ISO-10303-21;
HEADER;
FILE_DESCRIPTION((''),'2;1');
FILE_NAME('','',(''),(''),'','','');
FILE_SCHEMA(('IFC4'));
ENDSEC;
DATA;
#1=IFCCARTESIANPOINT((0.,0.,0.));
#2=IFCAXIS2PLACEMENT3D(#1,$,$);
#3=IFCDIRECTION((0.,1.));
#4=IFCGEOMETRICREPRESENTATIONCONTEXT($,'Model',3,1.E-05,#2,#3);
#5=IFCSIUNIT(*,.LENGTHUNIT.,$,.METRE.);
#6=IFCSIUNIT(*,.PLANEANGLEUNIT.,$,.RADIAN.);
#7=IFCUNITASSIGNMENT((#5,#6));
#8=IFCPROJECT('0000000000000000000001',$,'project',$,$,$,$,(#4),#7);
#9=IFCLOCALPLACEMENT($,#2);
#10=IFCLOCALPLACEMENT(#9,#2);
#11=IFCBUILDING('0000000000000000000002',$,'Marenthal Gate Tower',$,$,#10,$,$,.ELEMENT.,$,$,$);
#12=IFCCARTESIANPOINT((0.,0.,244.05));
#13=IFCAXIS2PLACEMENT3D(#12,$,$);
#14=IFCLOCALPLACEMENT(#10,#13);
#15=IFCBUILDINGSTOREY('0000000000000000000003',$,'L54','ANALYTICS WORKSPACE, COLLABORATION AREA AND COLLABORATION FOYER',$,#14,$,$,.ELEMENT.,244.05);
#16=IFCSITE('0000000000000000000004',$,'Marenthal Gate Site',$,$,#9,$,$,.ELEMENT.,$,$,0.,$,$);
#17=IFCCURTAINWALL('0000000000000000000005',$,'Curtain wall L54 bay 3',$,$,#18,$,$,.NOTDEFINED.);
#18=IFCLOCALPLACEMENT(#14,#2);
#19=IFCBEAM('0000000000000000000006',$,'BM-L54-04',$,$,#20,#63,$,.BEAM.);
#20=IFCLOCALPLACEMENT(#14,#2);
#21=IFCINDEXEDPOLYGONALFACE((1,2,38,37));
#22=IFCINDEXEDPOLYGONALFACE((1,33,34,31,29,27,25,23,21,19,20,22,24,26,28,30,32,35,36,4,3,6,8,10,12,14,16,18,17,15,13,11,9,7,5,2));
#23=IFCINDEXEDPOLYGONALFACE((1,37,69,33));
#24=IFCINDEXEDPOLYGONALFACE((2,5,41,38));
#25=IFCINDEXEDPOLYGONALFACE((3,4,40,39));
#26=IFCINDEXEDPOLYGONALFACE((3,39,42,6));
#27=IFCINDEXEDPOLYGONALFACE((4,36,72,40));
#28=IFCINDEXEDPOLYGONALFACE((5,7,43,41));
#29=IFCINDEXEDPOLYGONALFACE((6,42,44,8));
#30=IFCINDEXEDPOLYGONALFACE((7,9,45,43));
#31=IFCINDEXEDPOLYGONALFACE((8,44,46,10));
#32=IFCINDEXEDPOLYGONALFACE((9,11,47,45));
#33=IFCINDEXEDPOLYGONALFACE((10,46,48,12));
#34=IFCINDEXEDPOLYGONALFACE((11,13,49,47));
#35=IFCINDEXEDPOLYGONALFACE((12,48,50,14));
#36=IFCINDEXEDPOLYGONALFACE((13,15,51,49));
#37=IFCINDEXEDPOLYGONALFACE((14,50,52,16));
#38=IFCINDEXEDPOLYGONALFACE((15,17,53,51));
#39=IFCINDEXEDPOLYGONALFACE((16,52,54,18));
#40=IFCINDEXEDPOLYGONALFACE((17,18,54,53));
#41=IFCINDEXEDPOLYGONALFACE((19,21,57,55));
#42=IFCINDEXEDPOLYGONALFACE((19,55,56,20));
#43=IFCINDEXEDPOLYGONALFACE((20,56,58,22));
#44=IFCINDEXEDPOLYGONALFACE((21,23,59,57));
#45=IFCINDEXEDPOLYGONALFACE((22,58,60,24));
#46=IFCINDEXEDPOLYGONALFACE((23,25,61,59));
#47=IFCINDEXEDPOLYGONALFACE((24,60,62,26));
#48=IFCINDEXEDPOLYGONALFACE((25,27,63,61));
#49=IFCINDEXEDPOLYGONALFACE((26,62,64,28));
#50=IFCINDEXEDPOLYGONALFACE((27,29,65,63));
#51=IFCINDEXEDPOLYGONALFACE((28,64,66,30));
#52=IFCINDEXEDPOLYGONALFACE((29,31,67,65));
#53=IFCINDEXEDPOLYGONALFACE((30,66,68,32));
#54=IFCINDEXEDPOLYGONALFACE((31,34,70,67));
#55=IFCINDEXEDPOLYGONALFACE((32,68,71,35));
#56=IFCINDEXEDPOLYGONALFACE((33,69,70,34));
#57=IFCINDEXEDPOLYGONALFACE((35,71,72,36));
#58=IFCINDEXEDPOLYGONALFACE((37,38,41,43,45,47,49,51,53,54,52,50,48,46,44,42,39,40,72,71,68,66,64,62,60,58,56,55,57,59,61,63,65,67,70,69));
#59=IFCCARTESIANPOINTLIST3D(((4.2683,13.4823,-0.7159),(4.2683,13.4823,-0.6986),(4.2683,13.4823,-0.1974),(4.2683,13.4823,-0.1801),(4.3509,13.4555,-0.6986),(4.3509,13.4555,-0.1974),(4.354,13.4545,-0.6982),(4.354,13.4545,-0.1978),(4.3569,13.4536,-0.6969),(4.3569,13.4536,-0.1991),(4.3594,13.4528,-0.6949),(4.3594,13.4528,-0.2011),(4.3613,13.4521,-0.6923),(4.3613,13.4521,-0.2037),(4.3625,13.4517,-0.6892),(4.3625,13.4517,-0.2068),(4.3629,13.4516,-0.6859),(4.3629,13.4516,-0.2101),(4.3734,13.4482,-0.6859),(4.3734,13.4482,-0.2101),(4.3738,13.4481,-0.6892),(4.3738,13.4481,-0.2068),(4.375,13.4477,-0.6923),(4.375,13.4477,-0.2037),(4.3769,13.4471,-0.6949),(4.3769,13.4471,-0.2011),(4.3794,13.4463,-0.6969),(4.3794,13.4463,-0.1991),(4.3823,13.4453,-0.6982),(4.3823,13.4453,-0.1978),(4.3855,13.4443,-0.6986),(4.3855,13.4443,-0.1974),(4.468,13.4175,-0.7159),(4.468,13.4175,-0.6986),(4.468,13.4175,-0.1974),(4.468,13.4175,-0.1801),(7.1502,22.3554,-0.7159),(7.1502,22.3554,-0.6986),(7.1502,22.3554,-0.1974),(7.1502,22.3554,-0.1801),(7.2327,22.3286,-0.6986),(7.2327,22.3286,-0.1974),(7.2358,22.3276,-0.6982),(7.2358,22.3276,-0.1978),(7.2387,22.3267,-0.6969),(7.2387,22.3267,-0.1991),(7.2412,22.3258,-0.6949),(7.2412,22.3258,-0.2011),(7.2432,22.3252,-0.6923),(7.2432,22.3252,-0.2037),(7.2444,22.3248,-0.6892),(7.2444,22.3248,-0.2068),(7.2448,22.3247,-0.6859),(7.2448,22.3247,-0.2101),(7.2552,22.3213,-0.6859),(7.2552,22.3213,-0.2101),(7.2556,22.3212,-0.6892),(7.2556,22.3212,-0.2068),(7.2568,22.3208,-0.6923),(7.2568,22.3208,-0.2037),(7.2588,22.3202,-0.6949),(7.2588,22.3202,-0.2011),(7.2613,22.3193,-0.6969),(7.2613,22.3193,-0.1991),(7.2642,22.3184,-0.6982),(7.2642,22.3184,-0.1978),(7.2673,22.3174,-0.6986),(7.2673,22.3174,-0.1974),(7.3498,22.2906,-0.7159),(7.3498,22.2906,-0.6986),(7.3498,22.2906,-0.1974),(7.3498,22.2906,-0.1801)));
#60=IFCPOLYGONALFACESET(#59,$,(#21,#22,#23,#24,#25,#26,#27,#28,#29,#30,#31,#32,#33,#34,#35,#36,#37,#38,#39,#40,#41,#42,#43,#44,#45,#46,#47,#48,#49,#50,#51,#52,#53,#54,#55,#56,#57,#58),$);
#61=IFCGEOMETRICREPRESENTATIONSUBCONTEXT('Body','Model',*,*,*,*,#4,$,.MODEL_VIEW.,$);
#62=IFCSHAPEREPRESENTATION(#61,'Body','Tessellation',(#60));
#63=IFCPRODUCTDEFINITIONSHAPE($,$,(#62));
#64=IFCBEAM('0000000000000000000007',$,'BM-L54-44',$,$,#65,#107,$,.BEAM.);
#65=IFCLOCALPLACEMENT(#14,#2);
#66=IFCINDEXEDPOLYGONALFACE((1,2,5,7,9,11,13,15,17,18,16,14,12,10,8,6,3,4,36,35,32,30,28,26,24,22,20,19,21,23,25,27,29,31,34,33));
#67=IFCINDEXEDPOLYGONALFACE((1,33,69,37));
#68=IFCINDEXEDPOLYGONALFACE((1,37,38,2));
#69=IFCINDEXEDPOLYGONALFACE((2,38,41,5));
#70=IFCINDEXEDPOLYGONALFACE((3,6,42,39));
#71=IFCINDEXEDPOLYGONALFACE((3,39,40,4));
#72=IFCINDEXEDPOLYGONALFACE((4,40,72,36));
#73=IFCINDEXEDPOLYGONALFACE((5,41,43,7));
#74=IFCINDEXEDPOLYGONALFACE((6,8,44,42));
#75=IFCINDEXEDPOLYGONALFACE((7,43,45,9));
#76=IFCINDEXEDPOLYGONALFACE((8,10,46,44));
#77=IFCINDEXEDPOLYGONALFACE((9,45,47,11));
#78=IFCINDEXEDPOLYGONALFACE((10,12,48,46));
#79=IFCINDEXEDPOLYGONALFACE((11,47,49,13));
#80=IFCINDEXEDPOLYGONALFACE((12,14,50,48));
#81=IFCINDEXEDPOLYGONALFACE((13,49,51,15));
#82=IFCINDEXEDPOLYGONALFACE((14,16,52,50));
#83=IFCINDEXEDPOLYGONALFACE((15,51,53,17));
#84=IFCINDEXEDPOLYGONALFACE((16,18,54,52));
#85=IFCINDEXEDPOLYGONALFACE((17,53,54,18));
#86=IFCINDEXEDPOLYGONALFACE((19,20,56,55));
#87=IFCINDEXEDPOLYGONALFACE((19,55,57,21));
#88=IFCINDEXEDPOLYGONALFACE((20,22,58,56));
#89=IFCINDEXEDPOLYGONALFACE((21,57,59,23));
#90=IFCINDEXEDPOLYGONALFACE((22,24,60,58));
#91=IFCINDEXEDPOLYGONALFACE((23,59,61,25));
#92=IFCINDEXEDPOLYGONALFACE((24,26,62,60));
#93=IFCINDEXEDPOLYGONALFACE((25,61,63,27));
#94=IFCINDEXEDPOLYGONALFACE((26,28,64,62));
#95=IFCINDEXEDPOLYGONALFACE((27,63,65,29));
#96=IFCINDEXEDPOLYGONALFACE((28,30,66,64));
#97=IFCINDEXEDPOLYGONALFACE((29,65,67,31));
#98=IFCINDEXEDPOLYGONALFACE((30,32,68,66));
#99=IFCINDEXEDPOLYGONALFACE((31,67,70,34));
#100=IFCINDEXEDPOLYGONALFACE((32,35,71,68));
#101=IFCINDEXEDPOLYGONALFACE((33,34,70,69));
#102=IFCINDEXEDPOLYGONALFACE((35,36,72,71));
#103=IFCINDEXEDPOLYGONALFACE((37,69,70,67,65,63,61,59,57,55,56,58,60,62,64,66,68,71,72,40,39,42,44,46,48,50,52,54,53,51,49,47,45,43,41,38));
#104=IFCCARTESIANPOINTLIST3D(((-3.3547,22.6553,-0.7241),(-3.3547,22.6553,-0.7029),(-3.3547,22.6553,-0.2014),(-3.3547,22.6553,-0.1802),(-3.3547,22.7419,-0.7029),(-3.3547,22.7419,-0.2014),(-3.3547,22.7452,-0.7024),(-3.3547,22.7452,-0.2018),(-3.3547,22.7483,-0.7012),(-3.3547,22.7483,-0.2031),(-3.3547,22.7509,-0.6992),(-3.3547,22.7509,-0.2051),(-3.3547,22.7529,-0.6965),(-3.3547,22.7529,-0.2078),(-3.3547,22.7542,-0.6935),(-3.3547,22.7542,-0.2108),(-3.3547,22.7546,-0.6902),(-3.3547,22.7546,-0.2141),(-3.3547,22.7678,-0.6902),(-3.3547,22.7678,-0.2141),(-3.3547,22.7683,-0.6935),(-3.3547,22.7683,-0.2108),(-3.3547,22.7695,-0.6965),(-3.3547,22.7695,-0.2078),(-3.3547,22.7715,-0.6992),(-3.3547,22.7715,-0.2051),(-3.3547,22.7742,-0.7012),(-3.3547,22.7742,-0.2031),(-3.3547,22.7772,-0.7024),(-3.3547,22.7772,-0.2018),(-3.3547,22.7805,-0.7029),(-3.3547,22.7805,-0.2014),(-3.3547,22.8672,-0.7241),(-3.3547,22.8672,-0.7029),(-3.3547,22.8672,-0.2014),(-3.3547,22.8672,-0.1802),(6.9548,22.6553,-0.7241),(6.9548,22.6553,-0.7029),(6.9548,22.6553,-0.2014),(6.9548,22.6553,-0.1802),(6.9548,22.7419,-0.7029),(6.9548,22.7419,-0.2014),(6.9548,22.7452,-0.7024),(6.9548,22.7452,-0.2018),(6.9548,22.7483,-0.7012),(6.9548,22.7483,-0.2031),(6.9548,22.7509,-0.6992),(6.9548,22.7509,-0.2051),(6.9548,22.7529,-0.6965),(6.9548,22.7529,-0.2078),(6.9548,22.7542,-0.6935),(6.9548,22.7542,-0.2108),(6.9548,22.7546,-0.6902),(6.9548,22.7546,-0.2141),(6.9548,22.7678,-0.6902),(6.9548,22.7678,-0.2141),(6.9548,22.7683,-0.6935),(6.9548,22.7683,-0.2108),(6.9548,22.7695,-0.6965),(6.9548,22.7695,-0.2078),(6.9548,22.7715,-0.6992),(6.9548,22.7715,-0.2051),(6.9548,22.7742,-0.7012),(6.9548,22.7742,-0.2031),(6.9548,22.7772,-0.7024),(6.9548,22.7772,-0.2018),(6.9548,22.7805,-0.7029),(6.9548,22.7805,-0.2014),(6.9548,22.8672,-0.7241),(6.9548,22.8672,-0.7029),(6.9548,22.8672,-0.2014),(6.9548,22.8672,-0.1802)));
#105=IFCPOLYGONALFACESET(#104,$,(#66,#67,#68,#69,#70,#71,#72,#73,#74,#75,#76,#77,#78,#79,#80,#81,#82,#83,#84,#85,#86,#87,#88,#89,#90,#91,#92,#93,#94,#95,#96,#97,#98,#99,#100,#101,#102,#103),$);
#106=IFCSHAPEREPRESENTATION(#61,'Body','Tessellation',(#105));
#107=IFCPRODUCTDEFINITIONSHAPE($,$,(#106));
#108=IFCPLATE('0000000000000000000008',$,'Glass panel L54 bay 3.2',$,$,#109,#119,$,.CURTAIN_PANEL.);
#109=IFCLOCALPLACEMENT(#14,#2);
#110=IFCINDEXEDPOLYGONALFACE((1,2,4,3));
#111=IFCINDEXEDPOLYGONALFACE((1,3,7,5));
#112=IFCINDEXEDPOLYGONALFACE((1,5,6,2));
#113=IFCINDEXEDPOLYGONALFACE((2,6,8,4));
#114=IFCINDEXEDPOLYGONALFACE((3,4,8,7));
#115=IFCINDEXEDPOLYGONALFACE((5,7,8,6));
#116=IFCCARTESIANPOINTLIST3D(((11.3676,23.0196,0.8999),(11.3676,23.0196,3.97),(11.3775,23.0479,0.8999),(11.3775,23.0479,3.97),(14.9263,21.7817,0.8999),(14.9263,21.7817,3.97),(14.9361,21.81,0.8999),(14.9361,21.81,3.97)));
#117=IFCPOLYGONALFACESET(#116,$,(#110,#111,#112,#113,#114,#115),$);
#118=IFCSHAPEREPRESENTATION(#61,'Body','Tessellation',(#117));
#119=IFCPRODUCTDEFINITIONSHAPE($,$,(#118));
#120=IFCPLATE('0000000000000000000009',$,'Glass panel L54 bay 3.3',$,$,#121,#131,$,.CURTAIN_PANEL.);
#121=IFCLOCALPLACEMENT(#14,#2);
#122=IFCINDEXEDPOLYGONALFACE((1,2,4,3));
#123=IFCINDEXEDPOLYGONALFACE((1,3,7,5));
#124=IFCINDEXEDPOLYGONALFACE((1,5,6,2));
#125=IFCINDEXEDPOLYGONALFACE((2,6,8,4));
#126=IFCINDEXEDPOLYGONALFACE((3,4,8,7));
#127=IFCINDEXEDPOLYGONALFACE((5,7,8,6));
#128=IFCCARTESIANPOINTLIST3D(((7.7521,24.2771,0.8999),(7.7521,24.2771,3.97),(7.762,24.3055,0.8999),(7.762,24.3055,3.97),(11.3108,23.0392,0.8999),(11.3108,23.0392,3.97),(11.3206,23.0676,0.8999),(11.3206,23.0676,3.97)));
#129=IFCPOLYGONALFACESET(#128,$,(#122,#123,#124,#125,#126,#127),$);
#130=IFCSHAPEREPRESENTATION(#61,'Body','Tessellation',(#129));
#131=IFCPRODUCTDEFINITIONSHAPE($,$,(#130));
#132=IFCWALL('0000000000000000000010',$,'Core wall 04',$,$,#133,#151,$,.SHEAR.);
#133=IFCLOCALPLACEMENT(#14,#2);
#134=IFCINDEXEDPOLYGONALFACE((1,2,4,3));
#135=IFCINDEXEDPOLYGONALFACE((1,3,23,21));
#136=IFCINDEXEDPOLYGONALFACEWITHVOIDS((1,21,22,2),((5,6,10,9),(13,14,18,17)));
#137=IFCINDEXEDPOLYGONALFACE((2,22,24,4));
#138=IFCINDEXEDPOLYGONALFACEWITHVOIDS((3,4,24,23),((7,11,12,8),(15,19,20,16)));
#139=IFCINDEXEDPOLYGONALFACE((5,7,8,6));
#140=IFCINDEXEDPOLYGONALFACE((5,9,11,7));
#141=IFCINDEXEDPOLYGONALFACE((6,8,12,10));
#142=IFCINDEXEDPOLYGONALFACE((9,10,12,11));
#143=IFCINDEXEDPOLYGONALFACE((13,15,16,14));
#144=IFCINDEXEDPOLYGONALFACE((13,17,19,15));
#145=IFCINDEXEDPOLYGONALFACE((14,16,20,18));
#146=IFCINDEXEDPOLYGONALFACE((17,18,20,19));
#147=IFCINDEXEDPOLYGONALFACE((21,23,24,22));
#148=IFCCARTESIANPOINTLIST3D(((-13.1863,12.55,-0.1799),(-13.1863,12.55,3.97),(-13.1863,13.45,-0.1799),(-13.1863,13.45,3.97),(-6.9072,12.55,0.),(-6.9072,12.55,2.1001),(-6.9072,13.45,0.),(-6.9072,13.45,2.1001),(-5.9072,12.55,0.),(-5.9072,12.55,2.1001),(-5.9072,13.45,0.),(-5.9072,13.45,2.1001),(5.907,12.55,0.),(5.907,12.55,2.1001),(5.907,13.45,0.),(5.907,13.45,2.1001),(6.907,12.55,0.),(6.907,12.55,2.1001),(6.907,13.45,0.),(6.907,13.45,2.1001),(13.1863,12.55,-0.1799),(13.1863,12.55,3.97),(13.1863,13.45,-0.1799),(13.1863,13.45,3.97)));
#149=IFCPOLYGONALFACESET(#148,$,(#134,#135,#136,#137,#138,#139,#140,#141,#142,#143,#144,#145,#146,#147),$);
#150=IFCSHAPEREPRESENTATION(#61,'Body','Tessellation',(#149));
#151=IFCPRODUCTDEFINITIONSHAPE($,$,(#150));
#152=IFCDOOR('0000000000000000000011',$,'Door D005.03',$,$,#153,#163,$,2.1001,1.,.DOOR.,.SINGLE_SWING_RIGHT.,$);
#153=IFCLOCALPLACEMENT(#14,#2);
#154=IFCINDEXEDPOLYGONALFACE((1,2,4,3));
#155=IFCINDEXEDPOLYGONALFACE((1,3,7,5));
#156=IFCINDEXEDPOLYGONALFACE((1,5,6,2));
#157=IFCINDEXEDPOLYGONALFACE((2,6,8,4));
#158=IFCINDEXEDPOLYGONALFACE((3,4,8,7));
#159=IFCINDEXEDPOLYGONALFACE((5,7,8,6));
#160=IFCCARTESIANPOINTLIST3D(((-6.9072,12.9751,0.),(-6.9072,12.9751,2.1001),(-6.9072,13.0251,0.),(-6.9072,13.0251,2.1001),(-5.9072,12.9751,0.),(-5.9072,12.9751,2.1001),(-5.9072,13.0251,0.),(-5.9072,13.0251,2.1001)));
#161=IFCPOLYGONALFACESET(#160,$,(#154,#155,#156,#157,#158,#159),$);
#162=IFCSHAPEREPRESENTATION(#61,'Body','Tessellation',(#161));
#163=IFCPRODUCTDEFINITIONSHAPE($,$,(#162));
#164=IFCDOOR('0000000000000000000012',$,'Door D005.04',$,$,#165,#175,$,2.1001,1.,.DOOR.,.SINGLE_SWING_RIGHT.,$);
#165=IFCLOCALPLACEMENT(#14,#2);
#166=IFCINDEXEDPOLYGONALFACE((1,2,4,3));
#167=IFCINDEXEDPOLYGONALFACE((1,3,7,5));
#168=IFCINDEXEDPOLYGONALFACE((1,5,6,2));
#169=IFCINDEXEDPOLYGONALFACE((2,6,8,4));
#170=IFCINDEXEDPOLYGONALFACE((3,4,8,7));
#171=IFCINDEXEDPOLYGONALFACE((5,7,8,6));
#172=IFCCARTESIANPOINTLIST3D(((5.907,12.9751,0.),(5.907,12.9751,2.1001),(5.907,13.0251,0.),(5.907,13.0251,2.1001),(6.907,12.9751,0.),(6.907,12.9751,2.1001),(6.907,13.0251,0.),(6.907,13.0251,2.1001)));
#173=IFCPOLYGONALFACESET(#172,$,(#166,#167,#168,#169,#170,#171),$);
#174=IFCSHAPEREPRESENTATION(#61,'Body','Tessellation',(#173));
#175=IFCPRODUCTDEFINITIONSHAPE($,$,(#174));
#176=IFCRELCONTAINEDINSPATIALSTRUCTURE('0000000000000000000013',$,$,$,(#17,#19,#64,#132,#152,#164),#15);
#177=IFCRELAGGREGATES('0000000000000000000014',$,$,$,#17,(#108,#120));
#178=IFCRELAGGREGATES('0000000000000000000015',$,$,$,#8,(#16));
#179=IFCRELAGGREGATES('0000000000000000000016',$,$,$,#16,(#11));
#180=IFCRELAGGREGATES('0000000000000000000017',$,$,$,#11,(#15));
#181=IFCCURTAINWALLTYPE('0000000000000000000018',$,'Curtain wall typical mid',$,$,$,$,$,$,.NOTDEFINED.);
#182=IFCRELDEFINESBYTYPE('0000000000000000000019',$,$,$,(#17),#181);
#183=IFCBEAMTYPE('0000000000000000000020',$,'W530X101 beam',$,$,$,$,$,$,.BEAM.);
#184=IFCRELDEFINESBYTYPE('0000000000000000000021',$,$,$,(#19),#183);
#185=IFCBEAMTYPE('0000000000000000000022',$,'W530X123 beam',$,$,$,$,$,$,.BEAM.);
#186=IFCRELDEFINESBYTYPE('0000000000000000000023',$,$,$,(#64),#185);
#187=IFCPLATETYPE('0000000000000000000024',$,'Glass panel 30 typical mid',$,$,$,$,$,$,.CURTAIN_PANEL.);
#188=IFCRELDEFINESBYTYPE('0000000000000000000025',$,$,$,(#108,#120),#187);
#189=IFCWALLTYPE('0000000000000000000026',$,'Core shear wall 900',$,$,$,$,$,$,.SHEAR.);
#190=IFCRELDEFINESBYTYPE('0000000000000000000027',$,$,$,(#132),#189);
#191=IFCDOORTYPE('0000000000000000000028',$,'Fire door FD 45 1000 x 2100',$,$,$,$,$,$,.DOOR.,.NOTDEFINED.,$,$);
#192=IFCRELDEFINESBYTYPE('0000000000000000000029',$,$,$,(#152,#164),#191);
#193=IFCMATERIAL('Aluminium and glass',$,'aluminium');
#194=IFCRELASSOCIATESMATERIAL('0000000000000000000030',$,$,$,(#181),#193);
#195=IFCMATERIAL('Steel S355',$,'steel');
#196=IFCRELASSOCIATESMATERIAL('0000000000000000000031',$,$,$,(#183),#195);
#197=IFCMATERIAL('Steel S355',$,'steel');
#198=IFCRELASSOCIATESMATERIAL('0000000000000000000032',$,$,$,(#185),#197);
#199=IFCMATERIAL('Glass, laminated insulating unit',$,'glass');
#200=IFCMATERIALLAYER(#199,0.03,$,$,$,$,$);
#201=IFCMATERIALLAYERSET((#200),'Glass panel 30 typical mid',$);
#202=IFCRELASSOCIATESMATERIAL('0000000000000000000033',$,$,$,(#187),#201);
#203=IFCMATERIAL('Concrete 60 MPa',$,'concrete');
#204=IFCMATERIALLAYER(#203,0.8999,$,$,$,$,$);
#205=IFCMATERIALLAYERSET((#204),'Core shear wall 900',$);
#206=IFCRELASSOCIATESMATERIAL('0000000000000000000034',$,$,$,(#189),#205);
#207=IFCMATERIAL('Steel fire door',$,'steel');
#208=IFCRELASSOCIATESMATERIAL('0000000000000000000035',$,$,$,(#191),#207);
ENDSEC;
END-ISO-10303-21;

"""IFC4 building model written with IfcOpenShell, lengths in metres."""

from ifc_helpers import new_model, si_unit, direction, frame, frame_2d, origin, origin_2d, place, context, subcontext, project, spatial, rectangle, i_section, extrude, material, layer, layer_set, material_profile, profile_set, type_object, element, fill, aggregate, save


model = new_model("IFC4")

# Units and contexts
model_context = context("Model", 3, precision=1e-05, world=origin(), true_north=direction((0.0, 1.0)))
body_context = subcontext(model_context, "Body", "Model", "MODEL_VIEW")
ifc_project = project(units=[si_unit("LENGTHUNIT", "METRE"), si_unit("PLANEANGLEUNIT", "RADIAN")], contexts=[model_context])

# Site, building, storey
site_placement = place(None, origin())
site = spatial("IfcSite", under=ifc_project, at=site_placement, Name="Marenthal Gate Site", CompositionType="ELEMENT", RefElevation=0.0)
building_placement = place(site_placement, origin())
building = spatial("IfcBuilding", under=site, at=building_placement, Name="Marenthal Gate Tower", CompositionType="ELEMENT")
storey_placement = place(building_placement, frame((0.0, 0.0, 244.05)))
storey = spatial("IfcBuildingStorey", under=building, at=storey_placement, Name="L54", Description="ANALYTICS WORKSPACE, COLLABORATION AREA AND COLLABORATION FOYER", CompositionType="ELEMENT", Elevation=244.05)

# Curtain wall
ifc_material_1 = material(Name="Aluminium and glass", Category="aluminium")
curtain_wall_type = type_object("IfcCurtainWallType", Name="Curtain wall typical mid", PredefinedType="NOTDEFINED", material=ifc_material_1)
curtain_wall_placement = place(storey_placement, origin())
curtain_wall = element("IfcCurtainWall", 1, at=curtain_wall_placement, inside=storey, type_object=curtain_wall_type, Name="Curtain wall L54 bay 3", PredefinedType="NOTDEFINED")

# Beams
ifc_material_2 = material(Name="Steel S355", Category="steel")
ifc_material_profile_1 = material_profile(ifc_material_2, i_section(OverallWidth=0.21, OverallDepth=0.5359, WebThickness=0.011, FlangeThickness=0.0173, FilletRadius=0.0127, at=origin_2d()), Name="W530X101")
ifc_profile_set_1 = profile_set([ifc_material_profile_1], Name="Steel S355")
beam_type_1 = type_object("IfcBeamType", Name="W530X101 beam", PredefinedType="BEAM", material=ifc_profile_set_1)
beam_1_placement = place(storey_placement, frame((7.25, 22.323, -0.448), z_axis=(-0.308901, -0.951094, 0.0), x_axis=(0.951094, -0.308901, 0.0)))
element("IfcBeam", 2, at=beam_1_placement, inside=storey, type_object=beam_type_1, Name="BM-L54-04", PredefinedType="BEAM", context=body_context, shape_type="SweptSolid", body=[
    extrude(i_section(OverallWidth=0.21, OverallDepth=0.5359, WebThickness=0.011, FlangeThickness=0.0173, FilletRadius=0.0127, at=origin_2d()), origin(), (0.0, 0.0, 1.0), 9.3293),
])
ifc_material_3 = material(Name="Steel S355", Category="steel")
ifc_material_profile_2 = material_profile(ifc_material_3, i_section(OverallWidth=0.2119, OverallDepth=0.5439, WebThickness=0.0132, FlangeThickness=0.0212, FilletRadius=0.0127, at=origin_2d()), Name="W530X123")
ifc_profile_set_2 = profile_set([ifc_material_profile_2], Name="Steel S355")
beam_type_2 = type_object("IfcBeamType", Name="W530X123 beam", PredefinedType="BEAM", material=ifc_profile_set_2)
beam_2_placement = place(storey_placement, frame((6.9548, 22.7612, -0.4521), z_axis=(-1.0, 0.0, 0.0), x_axis=(0.0, -1.0, 0.0)))
element("IfcBeam", 3, at=beam_2_placement, inside=storey, type_object=beam_type_2, Name="BM-L54-44", PredefinedType="BEAM", context=body_context, shape_type="SweptSolid", body=[
    extrude(i_section(OverallWidth=0.2119, OverallDepth=0.5439, WebThickness=0.0132, FlangeThickness=0.0212, FilletRadius=0.0127, at=origin_2d()), origin(), (0.0, 0.0, 1.0), 10.3096),
])

# Plates
ifc_material_4 = material(Name="Glass, laminated insulating unit", Category="glass")
ifc_layer_1 = layer(ifc_material_4, 0.03)
ifc_layer_set_1 = layer_set([ifc_layer_1], Name="Glass panel 30 typical mid")
plate_type = type_object("IfcPlateType", Name="Glass panel 30 typical mid", PredefinedType="CURTAIN_PANEL", material=ifc_layer_set_1)
plate_1_placement = place(storey_placement, frame((13.1519, 22.4148, 0.8999), z_axis=(0.0, 0.0, 1.0), x_axis=(-0.94449, 0.32854, 0.0)))
plate_1 = element("IfcPlate", 4, at=plate_1_placement, type_object=plate_type, Name="Glass panel L54 bay 3.2", PredefinedType="CURTAIN_PANEL", context=body_context, shape_type="SweptSolid", body=[
    extrude(rectangle(XDim=3.7678, YDim=0.03, at=origin_2d()), origin(), (0.0, 0.0, 1.0), 3.0701),
])
plate_2_placement = place(storey_placement, frame((9.5364, 23.6724, 0.8999), z_axis=(0.0, 0.0, 1.0), x_axis=(-0.94449, 0.32854, 0.0)))
plate_2 = element("IfcPlate", 5, at=plate_2_placement, type_object=plate_type, Name="Glass panel L54 bay 3.3", PredefinedType="CURTAIN_PANEL", context=body_context, shape_type="SweptSolid", body=[
    extrude(rectangle(XDim=3.7678, YDim=0.03, at=origin_2d()), origin(), (0.0, 0.0, 1.0), 3.0701),
])
aggregate(curtain_wall, [plate_1, plate_2])

# Wall, openings, doors
ifc_material_5 = material(Name="Concrete 60 MPa", Category="concrete")
ifc_layer_2 = layer(ifc_material_5, 0.8999)
ifc_layer_set_2 = layer_set([ifc_layer_2], Name="Core shear wall 900")
wall_type_1 = type_object("IfcWallType", Name="Core shear wall 900", PredefinedType="SHEAR", material=ifc_layer_set_2)
wall_1_placement = place(storey_placement, frame((13.1863, 13.0, -0.1799), z_axis=(0.0, 0.0, 1.0), x_axis=(-1.0, 0.0, 0.0)))
wall_1 = element("IfcWall", 6, at=wall_1_placement, inside=storey, type_object=wall_type_1, Name="Core wall 04", PredefinedType="SHEAR", context=body_context, shape_type="SweptSolid", body=[
    extrude(rectangle(XDim=26.3726, YDim=0.8999, at=frame_2d((13.1863, 0.0))), origin(), (0.0, 0.0, 1.0), 4.1499),
])
opening_1_placement = place(wall_1_placement, frame((19.0935, 0.0, 0.1799)))
opening_1 = element("IfcOpeningElement", 7, at=opening_1_placement, cuts=wall_1, PredefinedType="OPENING", context=body_context, shape_type="SweptSolid", body=[
    extrude(rectangle(XDim=1.0, YDim=2.1001, at=frame_2d((0.5, 1.05))), frame((0.0, 0.46, 0.0), z_axis=(0.0, -1.0, 0.0), x_axis=(1.0, 0.0, 0.0)), (0.0, 0.0, 1.0), 0.9199),
])
opening_2_placement = place(wall_1_placement, frame((6.2793, 0.0, 0.1799)))
opening_2 = element("IfcOpeningElement", 8, at=opening_2_placement, cuts=wall_1, PredefinedType="OPENING", context=body_context, shape_type="SweptSolid", body=[
    extrude(rectangle(XDim=1.0, YDim=2.1001, at=frame_2d((0.5, 1.05))), frame((0.0, 0.46, 0.0), z_axis=(0.0, -1.0, 0.0), x_axis=(1.0, 0.0, 0.0)), (0.0, 0.0, 1.0), 0.9199),
])
ifc_material_6 = material(Name="Steel fire door", Category="steel")
door_type_1 = type_object("IfcDoorType", Name="Fire door FD 45 1000 x 2100", OperationType="NOTDEFINED", PredefinedType="DOOR", material=ifc_material_6)
door_1_placement = place(opening_1_placement, origin())
door_1 = element("IfcDoor", 9, at=door_1_placement, inside=storey, type_object=door_type_1, Name="Door D005.03", OperationType="SINGLE_SWING_RIGHT", OverallHeight=2.1001, OverallWidth=1.0, PredefinedType="DOOR", context=body_context, shape_type="SweptSolid", body=[
    extrude(rectangle(XDim=1.0, YDim=2.1001, at=frame_2d((0.5, 1.05))), frame((0.0, 0.0249, 0.0), z_axis=(0.0, -1.0, 0.0), x_axis=(1.0, 0.0, 0.0)), (0.0, 0.0, 1.0), 0.05),
])
fill(opening_1, door_1)
door_2_placement = place(opening_2_placement, origin())
door_2 = element("IfcDoor", 10, at=door_2_placement, inside=storey, type_object=door_type_1, Name="Door D005.04", OperationType="SINGLE_SWING_RIGHT", OverallHeight=2.1001, OverallWidth=1.0, PredefinedType="DOOR", context=body_context, shape_type="SweptSolid", body=[
    extrude(rectangle(XDim=1.0, YDim=2.1001, at=frame_2d((0.5, 1.05))), frame((0.0, 0.0249, 0.0), z_axis=(0.0, -1.0, 0.0), x_axis=(1.0, 0.0, 0.0)), (0.0, 0.0, 1.0), 0.05),
])
fill(opening_2, door_2)

save(model, "model.ifc")
